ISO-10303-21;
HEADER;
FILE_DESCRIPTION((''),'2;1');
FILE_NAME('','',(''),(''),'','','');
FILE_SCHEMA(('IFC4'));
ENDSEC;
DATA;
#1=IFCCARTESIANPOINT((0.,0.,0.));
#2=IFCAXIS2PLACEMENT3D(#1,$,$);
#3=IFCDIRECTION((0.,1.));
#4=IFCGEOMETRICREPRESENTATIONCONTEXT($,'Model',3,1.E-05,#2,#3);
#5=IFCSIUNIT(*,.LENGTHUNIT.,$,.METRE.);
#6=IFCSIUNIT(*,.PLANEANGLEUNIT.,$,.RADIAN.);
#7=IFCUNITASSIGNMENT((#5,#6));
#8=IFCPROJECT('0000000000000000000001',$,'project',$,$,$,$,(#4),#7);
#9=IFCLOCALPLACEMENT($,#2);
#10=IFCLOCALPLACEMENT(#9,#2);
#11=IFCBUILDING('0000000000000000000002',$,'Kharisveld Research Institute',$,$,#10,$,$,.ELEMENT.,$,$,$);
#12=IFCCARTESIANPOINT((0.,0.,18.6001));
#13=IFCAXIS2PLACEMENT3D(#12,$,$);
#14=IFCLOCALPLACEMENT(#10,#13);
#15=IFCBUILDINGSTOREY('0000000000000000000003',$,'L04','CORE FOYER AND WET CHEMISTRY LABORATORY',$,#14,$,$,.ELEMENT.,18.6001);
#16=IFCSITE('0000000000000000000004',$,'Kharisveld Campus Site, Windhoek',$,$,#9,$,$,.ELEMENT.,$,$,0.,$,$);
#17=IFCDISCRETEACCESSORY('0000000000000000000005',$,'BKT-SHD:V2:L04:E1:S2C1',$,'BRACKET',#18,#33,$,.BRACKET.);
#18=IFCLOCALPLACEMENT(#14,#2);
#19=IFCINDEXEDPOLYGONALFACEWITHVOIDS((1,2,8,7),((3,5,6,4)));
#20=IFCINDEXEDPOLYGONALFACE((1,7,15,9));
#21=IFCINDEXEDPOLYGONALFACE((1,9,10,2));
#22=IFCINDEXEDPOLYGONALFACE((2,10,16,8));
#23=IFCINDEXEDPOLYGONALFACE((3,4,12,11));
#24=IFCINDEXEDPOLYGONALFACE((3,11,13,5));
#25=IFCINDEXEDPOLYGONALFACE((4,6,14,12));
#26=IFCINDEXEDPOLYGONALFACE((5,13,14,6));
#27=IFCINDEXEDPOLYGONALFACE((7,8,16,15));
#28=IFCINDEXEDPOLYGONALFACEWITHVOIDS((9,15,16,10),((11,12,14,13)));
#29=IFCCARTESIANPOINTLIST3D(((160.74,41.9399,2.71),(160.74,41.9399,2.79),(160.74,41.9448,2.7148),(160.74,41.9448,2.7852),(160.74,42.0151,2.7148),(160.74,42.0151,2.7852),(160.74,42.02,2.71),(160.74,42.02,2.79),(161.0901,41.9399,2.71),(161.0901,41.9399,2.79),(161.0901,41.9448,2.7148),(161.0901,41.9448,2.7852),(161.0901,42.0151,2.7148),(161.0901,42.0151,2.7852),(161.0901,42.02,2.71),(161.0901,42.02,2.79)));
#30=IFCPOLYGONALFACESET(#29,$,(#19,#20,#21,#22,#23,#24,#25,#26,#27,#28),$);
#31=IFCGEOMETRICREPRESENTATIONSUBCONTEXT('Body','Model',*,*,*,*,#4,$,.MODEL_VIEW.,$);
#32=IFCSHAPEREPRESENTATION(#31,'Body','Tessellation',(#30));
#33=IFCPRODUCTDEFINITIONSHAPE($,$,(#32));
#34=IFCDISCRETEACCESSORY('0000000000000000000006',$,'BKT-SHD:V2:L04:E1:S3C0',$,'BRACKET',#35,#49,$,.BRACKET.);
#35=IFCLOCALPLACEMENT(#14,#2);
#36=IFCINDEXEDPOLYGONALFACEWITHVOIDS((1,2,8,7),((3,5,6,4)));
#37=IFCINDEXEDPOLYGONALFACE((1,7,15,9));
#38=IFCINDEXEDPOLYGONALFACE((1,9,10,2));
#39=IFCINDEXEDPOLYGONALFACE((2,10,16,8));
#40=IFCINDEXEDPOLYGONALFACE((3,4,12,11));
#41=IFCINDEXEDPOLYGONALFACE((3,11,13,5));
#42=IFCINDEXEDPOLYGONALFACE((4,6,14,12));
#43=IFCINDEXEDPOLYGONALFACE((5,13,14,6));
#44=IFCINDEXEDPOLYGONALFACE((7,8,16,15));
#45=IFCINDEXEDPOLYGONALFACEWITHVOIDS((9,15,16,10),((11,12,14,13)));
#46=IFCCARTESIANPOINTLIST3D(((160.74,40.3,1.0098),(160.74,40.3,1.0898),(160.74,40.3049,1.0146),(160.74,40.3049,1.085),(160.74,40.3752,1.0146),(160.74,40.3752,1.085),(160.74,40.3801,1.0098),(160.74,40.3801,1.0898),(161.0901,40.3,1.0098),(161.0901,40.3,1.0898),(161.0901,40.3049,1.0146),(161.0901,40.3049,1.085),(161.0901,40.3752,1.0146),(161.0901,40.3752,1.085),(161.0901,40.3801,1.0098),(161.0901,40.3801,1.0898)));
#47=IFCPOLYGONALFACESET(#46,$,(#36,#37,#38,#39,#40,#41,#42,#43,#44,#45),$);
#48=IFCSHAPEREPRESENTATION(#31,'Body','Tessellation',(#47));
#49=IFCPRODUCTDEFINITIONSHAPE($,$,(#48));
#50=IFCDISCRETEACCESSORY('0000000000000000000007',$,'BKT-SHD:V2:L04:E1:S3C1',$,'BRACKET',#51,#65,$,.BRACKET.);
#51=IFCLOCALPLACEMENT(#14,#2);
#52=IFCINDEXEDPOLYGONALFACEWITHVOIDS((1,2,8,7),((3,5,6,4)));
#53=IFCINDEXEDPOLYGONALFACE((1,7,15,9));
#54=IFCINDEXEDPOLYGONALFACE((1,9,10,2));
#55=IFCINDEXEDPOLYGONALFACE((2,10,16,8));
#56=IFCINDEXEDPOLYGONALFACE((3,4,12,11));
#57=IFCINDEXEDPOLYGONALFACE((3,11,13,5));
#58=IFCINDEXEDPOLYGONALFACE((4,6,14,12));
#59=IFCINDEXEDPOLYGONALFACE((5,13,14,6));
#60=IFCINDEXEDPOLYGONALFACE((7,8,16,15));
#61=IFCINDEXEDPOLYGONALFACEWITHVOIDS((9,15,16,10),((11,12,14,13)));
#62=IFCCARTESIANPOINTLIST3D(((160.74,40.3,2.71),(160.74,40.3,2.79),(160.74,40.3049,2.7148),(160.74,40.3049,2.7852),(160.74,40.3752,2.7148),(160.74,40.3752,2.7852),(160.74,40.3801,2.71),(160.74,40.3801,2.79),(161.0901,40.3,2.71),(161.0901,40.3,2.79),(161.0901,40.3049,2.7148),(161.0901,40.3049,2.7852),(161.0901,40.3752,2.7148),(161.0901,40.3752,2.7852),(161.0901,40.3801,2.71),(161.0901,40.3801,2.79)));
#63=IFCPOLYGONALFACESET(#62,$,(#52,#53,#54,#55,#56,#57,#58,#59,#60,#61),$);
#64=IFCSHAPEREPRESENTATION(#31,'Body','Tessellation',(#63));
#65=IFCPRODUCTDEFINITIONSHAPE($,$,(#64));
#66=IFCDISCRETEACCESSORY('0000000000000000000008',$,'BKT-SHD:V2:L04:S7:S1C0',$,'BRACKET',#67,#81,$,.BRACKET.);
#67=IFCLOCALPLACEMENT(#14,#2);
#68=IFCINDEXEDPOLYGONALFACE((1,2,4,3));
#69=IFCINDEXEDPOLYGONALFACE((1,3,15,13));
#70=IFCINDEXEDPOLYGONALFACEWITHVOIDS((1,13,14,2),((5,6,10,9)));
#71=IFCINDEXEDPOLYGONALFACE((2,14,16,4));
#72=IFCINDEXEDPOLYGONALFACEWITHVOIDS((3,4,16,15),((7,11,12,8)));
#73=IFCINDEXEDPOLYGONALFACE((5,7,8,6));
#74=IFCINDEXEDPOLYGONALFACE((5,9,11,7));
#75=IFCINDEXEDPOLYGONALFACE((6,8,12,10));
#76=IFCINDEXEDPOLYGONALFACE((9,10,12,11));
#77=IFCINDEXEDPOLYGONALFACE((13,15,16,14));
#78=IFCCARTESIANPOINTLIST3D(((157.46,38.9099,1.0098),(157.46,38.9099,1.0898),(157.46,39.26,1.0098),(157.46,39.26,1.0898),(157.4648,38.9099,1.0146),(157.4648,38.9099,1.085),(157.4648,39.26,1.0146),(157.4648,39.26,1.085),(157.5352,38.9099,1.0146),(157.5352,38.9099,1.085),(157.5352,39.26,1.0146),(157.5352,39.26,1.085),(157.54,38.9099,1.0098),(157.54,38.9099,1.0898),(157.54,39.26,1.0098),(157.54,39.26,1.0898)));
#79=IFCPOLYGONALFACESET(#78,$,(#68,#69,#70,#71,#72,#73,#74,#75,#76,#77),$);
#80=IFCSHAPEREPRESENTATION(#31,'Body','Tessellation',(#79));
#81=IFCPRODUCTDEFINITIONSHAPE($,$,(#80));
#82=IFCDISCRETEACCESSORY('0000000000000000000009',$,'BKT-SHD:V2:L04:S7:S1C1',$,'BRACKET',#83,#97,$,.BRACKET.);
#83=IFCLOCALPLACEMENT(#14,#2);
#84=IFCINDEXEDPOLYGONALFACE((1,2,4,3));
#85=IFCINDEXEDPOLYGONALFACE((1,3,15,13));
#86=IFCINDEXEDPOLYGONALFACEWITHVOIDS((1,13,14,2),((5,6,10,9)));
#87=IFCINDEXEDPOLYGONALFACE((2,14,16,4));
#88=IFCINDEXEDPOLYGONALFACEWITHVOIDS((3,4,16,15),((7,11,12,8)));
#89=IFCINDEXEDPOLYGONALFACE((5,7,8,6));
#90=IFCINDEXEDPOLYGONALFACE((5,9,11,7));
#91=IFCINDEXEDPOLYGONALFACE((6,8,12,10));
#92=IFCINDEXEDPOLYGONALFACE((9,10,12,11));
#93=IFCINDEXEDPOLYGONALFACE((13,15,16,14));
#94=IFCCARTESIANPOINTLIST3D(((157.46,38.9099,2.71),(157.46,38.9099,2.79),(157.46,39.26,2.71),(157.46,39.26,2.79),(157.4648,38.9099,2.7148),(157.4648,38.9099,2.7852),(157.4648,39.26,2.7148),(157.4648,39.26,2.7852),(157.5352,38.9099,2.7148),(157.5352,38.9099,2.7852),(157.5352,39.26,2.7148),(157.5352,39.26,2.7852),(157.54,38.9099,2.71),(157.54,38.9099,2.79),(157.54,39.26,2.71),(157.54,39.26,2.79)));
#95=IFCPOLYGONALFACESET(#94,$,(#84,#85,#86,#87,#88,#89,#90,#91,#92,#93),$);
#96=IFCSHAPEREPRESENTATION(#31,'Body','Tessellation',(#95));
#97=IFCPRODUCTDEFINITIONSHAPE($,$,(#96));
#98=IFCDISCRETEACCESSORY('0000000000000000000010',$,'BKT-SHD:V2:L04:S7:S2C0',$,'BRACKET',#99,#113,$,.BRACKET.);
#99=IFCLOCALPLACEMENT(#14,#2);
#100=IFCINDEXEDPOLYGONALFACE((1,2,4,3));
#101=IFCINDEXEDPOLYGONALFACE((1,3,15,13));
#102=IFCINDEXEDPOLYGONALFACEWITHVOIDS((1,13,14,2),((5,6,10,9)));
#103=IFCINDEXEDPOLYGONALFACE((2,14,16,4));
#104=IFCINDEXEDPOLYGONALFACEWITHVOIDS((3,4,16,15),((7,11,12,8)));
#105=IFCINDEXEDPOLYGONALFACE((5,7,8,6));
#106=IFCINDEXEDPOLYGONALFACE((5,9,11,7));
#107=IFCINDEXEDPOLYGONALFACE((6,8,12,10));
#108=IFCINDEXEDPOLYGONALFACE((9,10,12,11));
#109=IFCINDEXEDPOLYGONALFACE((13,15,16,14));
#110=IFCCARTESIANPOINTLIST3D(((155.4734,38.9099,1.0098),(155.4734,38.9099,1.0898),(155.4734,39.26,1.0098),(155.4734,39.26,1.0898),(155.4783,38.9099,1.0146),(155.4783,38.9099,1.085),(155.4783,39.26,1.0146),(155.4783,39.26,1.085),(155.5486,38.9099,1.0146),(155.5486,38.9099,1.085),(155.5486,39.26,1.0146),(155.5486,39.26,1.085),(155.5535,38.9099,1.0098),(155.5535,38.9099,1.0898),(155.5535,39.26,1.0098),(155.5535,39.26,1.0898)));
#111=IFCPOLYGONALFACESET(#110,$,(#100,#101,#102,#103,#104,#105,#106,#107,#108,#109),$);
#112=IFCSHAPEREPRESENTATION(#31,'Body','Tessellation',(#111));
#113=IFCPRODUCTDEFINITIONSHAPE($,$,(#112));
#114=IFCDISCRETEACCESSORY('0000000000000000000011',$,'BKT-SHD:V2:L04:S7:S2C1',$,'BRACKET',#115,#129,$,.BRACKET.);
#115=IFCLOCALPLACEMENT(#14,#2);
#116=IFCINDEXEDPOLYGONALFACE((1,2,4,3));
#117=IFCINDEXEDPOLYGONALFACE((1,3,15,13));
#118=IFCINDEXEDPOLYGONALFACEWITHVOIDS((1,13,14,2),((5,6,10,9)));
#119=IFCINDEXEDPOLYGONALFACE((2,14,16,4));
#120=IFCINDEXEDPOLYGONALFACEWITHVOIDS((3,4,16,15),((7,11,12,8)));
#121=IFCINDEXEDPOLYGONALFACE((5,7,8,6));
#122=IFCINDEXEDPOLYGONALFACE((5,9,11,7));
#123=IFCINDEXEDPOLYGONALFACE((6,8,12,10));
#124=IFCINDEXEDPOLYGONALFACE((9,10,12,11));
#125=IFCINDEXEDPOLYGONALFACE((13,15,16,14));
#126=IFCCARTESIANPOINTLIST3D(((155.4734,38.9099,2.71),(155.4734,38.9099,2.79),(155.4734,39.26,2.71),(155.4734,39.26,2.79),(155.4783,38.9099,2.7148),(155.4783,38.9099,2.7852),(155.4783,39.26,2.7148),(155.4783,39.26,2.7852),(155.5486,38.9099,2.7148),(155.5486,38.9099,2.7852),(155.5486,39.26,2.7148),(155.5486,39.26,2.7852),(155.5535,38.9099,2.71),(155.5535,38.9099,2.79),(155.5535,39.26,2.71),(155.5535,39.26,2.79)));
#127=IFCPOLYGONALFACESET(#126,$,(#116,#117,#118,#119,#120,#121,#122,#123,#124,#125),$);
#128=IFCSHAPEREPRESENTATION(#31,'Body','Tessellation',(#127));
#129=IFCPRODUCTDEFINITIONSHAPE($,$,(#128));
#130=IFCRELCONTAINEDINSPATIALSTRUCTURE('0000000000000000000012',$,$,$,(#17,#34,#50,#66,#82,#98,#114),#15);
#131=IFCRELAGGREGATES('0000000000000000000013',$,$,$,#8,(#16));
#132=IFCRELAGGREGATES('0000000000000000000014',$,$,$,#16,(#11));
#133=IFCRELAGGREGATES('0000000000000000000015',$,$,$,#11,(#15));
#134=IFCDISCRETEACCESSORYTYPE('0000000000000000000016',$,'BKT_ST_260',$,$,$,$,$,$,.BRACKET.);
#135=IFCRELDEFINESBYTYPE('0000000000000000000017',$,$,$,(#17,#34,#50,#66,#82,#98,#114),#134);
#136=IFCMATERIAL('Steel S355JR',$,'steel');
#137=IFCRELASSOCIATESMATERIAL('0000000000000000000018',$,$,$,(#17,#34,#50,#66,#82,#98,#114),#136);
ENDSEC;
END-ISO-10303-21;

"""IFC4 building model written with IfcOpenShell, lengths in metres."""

from ifc_helpers import new_model, si_unit, direction, frame, origin, origin_2d, place, context, subcontext, project, spatial, hollow_rectangle, extrude, material, type_object, element, save


model = new_model("IFC4")

# Units and contexts
model_context = context("Model", 3, precision=1e-05, world=origin(), true_north=direction((0.0, 1.0)))
body_context = subcontext(model_context, "Body", "Model", "MODEL_VIEW")
ifc_project = project(units=[si_unit("LENGTHUNIT", "METRE"), si_unit("PLANEANGLEUNIT", "RADIAN")], contexts=[model_context])

# Site, building, storey
site_placement = place(None, origin())
site = spatial("IfcSite", under=ifc_project, at=site_placement, Name="Kharisveld Campus Site, Windhoek", CompositionType="ELEMENT", RefElevation=0.0)
building_placement = place(site_placement, origin())
building = spatial("IfcBuilding", under=site, at=building_placement, Name="Kharisveld Research Institute", CompositionType="ELEMENT")
storey_placement = place(building_placement, frame((0.0, 0.0, 18.6001)))
storey = spatial("IfcBuildingStorey", under=building, at=storey_placement, Name="L04", Description="CORE FOYER AND WET CHEMISTRY LABORATORY", CompositionType="ELEMENT", Elevation=18.6001)

# Discrete accessories
ifc_material_1 = material(Name="Steel S355JR", Category="steel")
discrete_accessory_type = type_object("IfcDiscreteAccessoryType", Name="BKT_ST_260", PredefinedType="BRACKET")
for number, where, z_axis, x_axis, name in (
    (1, (160.74, 41.98, 2.75), (1.0, 0.0, 0.0), (0.0, 1.0, 0.0), "BKT-SHD:V2:L04:E1:S2C1"),
    (2, (160.74, 40.3401, 1.0498), (1.0, 0.0, 0.0), (0.0, 1.0, 0.0), "BKT-SHD:V2:L04:E1:S3C0"),
    (3, (160.74, 40.3401, 2.75), (1.0, 0.0, 0.0), (0.0, 1.0, 0.0), "BKT-SHD:V2:L04:E1:S3C1"),
    (4, (157.5, 39.26, 1.0498), (0.0, -1.0, 0.0), (1.0, 0.0, 0.0), "BKT-SHD:V2:L04:S7:S1C0"),
    (5, (157.5, 39.26, 2.75), (0.0, -1.0, 0.0), (1.0, 0.0, 0.0), "BKT-SHD:V2:L04:S7:S1C1"),
    (6, (155.5134, 39.26, 1.0498), (0.0, -1.0, 0.0), (1.0, 0.0, 0.0), "BKT-SHD:V2:L04:S7:S2C0"),
    (7, (155.5134, 39.26, 2.75), (0.0, -1.0, 0.0), (1.0, 0.0, 0.0), "BKT-SHD:V2:L04:S7:S2C1"),
):
    element("IfcDiscreteAccessory", number, at=place(storey_placement, frame(where, z_axis=z_axis, x_axis=x_axis)), inside=storey, type_object=discrete_accessory_type, material=ifc_material_1, Name=name, ObjectType="BRACKET", PredefinedType="BRACKET", context=body_context, shape_type="SweptSolid", body=[
        extrude(hollow_rectangle(XDim=0.0801, YDim=0.0801, WallThickness=0.0049, at=origin_2d()), origin(), (0.0, 0.0, 1.0), 0.3501),
    ])

save(model, "model.ifc")
